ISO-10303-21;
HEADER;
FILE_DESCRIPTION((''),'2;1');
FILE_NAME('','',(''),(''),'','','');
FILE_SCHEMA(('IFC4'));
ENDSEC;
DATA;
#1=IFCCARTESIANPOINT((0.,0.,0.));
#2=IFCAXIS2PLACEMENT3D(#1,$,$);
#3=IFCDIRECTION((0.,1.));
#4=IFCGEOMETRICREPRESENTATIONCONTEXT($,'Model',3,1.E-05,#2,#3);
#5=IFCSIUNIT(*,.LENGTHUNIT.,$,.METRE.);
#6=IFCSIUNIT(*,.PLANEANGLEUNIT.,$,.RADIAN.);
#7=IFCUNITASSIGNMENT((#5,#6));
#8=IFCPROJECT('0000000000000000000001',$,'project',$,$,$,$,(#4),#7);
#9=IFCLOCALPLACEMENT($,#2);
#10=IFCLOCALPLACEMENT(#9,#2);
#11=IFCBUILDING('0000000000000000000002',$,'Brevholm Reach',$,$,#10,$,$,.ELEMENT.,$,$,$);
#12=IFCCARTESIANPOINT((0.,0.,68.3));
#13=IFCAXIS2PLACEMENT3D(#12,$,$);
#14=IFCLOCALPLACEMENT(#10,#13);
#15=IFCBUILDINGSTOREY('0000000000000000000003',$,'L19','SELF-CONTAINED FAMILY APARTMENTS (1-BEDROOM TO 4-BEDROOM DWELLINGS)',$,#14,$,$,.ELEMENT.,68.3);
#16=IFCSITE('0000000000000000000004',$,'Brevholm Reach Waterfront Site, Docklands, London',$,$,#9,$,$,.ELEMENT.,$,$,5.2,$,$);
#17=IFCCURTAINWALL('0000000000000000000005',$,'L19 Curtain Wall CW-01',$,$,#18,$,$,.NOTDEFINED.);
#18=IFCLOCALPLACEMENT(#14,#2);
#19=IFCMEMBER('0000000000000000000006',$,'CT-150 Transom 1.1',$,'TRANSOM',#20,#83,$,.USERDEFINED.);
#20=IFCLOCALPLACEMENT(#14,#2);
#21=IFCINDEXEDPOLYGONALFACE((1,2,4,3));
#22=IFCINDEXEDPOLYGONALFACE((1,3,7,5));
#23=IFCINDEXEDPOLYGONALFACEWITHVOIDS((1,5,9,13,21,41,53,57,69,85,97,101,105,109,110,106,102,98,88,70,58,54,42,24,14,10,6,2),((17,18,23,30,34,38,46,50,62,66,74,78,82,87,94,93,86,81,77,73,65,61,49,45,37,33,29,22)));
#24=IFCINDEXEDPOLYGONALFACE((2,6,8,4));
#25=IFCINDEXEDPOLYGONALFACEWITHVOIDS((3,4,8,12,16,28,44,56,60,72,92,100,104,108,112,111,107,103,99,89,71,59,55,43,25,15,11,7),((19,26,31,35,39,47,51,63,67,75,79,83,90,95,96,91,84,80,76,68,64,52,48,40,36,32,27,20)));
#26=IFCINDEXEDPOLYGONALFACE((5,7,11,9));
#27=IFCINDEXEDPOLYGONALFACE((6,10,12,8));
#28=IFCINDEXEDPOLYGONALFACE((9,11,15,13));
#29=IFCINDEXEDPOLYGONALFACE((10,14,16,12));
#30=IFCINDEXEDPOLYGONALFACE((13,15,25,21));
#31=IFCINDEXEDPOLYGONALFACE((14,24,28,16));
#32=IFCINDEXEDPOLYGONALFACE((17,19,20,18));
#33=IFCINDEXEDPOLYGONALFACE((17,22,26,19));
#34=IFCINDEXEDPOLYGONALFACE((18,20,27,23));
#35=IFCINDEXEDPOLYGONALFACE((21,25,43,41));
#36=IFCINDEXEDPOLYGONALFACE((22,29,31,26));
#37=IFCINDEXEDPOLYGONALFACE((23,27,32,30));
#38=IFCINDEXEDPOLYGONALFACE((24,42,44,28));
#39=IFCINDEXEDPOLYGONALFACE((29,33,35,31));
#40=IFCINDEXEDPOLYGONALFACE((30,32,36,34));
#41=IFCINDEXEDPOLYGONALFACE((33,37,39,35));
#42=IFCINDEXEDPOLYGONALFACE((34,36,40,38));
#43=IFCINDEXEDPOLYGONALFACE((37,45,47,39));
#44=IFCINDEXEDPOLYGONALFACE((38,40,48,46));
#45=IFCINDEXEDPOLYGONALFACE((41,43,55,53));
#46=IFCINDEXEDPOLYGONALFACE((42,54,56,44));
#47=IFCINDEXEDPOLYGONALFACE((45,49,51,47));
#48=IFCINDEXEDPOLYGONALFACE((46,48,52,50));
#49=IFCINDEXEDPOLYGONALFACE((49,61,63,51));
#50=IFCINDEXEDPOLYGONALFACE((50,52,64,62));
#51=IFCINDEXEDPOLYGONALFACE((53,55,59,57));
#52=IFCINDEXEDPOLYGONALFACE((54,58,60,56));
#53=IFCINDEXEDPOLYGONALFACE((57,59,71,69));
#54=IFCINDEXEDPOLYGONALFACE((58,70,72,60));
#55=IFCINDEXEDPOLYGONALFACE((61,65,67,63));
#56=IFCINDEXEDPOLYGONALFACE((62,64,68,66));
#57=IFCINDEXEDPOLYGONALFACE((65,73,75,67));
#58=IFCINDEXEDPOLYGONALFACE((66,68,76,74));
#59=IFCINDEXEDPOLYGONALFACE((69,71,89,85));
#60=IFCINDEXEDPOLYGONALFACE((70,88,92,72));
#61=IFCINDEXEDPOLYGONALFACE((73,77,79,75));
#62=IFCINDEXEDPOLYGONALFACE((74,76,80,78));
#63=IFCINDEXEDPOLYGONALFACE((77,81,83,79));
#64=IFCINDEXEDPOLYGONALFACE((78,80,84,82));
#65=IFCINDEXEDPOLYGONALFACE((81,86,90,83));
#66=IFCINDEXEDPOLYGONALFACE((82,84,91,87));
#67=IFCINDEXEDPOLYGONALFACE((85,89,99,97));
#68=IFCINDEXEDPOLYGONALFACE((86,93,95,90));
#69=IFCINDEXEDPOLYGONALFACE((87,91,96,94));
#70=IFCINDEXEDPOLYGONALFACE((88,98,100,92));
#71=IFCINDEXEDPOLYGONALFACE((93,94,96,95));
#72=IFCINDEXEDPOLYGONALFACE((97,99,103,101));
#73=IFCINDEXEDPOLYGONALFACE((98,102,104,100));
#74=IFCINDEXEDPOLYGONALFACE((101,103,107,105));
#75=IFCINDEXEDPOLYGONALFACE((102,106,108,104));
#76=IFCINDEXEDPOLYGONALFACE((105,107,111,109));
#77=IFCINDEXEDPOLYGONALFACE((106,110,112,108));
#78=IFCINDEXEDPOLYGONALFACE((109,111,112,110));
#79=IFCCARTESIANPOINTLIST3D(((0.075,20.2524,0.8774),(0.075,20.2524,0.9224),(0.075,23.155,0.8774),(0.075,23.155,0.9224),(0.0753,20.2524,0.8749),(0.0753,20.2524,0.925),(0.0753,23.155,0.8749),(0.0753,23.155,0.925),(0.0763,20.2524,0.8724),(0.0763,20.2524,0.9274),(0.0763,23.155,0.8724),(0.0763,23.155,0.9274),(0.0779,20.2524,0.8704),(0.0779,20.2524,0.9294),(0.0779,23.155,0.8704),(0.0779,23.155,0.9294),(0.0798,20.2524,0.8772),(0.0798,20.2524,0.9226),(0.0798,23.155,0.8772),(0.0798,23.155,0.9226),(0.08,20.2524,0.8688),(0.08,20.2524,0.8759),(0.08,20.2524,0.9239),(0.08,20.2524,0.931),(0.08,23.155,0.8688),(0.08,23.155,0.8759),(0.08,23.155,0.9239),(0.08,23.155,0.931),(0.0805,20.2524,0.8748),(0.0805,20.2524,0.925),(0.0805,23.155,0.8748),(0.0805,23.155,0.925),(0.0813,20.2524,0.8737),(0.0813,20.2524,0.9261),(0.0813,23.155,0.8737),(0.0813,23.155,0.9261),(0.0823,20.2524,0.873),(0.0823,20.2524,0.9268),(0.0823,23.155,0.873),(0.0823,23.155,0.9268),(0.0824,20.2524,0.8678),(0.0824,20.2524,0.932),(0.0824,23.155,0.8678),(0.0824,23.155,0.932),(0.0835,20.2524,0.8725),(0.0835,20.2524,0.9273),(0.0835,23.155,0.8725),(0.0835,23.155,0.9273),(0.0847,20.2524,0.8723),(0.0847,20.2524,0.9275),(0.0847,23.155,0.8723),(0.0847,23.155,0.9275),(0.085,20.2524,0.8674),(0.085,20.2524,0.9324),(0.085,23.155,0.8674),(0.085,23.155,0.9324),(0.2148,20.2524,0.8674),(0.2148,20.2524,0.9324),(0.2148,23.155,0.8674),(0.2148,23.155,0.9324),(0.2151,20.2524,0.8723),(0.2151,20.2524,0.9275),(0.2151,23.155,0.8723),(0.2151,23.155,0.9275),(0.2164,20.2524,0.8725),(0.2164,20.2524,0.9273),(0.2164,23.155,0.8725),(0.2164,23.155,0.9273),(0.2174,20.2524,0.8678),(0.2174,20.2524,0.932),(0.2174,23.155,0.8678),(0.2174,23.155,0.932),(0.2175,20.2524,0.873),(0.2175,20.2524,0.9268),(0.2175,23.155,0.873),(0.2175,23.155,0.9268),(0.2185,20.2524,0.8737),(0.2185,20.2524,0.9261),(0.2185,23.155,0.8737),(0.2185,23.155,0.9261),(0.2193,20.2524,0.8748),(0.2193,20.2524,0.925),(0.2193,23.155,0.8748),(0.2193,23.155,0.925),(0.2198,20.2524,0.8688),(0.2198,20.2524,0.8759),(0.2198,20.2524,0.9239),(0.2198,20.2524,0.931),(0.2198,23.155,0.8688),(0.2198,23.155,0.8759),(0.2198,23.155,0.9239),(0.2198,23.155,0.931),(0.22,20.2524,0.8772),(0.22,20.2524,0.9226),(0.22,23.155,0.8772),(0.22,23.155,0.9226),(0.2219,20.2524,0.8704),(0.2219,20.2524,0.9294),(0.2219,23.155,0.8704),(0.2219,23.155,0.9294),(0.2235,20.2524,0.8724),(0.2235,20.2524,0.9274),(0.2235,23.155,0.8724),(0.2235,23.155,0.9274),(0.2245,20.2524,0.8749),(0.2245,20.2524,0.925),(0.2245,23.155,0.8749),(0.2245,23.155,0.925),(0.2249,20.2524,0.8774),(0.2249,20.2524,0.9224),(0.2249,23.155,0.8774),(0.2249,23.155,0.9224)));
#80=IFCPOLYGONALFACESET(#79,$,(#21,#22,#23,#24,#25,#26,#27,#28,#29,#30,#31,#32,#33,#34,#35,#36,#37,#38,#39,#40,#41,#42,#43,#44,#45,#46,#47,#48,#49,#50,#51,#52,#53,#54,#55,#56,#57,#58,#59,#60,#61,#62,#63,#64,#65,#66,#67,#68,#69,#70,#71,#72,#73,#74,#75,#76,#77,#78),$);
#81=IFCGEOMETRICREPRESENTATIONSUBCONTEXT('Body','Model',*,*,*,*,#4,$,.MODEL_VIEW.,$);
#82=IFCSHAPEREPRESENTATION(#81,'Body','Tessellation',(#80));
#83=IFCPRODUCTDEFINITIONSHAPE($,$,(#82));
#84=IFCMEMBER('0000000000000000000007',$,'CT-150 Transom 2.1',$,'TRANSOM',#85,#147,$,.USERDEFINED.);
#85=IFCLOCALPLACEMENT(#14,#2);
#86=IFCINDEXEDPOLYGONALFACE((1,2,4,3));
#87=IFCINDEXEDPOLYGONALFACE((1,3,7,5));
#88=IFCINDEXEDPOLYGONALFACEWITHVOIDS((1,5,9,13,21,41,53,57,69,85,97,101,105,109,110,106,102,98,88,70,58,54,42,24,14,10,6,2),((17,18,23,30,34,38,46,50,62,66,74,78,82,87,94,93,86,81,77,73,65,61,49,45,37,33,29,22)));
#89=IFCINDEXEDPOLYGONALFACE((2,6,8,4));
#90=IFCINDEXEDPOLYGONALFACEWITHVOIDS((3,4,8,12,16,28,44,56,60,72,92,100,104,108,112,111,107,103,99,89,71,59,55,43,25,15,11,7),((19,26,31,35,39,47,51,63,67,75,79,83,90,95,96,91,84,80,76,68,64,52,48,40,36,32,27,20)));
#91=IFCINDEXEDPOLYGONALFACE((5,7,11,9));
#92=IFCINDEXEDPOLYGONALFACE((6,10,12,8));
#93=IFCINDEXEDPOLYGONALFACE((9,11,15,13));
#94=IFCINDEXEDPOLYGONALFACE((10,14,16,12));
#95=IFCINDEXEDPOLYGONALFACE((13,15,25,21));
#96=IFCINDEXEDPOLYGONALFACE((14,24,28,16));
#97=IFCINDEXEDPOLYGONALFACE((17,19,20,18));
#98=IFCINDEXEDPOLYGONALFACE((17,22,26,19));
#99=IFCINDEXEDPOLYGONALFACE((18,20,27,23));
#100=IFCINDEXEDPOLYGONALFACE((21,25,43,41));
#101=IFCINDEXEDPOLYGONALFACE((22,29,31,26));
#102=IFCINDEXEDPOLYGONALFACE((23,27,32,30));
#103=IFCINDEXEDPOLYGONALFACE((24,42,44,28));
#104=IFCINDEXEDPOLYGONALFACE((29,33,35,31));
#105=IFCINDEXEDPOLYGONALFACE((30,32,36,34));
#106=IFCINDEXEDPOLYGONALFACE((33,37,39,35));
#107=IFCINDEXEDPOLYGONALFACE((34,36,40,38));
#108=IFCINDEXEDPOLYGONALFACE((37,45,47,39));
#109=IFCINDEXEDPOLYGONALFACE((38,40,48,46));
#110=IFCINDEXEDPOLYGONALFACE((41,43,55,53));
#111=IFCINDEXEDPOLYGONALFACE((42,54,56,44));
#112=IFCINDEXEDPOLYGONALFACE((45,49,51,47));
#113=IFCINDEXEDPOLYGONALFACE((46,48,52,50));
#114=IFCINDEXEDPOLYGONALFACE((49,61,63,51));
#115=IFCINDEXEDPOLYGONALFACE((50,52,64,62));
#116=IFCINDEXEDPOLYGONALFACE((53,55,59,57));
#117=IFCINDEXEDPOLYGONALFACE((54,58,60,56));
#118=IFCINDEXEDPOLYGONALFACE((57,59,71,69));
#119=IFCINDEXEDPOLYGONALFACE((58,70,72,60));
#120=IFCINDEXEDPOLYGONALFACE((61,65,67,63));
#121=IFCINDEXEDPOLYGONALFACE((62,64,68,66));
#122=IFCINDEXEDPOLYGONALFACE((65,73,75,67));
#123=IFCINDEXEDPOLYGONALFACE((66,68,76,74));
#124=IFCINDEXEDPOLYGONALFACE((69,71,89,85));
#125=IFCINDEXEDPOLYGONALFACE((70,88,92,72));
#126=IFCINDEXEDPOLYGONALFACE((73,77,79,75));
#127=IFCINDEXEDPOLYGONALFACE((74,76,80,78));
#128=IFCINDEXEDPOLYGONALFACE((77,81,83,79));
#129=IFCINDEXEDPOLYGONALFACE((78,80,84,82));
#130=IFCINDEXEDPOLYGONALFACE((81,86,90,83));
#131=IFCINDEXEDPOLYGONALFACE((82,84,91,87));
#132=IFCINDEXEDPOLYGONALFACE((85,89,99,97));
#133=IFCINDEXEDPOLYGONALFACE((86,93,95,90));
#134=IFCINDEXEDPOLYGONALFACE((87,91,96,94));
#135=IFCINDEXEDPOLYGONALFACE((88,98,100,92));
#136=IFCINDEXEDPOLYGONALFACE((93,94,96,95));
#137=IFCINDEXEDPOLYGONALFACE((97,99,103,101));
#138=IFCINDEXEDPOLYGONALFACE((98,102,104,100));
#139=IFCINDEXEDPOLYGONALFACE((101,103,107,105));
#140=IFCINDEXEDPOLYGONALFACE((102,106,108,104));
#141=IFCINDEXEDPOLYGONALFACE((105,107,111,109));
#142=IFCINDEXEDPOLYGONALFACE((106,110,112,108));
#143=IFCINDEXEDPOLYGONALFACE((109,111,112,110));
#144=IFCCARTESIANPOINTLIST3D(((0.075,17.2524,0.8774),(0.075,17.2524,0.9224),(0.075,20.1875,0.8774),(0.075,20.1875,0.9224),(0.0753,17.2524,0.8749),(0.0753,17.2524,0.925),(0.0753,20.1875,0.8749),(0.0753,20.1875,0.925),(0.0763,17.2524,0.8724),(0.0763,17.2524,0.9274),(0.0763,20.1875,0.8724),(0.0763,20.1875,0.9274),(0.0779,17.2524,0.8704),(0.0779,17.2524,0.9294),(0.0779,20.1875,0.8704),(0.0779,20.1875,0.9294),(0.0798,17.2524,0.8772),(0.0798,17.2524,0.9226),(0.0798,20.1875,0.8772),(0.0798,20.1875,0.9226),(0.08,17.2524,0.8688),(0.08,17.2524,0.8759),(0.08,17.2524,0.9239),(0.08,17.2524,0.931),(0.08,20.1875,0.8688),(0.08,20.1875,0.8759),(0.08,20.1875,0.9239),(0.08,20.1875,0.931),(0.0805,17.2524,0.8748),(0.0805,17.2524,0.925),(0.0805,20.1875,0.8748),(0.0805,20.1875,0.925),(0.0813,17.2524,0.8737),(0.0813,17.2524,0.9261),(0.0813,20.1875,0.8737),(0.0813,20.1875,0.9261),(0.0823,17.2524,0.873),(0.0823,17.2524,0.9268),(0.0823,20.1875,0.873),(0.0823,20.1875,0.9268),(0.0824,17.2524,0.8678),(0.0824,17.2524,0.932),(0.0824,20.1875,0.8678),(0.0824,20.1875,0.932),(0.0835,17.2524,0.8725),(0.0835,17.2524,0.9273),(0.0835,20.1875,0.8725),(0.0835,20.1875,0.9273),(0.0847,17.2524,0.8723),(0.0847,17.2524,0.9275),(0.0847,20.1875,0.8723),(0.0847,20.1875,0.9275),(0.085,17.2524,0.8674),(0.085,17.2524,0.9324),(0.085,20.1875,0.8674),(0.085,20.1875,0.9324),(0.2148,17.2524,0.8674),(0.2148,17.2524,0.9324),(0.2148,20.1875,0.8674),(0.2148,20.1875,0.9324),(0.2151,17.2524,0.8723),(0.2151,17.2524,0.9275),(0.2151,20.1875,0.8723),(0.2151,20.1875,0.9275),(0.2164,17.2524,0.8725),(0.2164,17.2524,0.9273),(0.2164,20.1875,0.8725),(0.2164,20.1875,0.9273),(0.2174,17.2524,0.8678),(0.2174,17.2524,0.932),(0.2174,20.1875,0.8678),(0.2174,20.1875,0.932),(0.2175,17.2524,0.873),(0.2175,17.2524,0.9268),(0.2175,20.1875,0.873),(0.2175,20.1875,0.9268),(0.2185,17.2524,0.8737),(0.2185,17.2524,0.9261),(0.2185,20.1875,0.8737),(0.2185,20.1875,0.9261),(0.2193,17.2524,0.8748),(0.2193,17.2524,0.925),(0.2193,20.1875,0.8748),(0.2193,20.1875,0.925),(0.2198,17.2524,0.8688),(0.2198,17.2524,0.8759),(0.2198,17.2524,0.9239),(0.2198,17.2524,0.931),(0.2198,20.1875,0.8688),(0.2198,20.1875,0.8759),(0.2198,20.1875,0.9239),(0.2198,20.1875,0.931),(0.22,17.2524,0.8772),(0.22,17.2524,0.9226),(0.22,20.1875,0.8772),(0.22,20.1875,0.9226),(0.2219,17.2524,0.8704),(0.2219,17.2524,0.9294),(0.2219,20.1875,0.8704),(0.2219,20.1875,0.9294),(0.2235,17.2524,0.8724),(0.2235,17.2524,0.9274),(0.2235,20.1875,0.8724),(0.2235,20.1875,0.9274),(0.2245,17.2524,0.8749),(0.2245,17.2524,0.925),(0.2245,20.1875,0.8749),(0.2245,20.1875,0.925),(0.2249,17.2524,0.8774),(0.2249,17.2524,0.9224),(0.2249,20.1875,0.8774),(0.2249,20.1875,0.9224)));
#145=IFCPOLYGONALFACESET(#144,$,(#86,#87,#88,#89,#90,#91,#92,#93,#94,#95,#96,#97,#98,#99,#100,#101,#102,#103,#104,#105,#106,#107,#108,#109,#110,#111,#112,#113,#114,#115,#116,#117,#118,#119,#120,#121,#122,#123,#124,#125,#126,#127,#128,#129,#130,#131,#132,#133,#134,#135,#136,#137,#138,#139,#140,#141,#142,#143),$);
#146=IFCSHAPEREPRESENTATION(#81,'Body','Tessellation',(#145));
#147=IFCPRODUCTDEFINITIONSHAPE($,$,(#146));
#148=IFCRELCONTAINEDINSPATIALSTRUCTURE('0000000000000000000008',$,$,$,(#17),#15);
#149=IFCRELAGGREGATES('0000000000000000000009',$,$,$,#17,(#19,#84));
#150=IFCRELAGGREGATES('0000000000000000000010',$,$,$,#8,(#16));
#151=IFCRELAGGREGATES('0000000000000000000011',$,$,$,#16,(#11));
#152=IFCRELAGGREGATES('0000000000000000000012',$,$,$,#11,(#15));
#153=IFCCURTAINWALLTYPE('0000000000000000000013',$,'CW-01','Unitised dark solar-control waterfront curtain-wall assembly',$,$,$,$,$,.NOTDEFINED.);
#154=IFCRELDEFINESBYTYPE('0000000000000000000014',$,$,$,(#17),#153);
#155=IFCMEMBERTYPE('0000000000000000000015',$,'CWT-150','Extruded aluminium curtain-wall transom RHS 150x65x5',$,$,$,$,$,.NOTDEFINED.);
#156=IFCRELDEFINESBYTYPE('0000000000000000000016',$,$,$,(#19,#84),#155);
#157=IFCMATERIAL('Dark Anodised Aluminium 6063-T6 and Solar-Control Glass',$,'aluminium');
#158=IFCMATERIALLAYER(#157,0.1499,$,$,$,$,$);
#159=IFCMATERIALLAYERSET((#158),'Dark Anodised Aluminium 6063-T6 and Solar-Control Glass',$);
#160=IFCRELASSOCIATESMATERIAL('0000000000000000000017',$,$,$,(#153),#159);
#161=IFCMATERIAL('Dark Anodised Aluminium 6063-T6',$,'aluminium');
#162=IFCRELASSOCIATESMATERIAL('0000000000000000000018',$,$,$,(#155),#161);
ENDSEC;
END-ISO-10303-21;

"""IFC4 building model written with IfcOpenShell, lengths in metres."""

from ifc_helpers import new_model, si_unit, direction, frame, origin, origin_2d, place, context, subcontext, project, spatial, hollow_rectangle, extrude, material, layer, layer_set, material_profile, profile_set, type_object, element, aggregate, save


model = new_model("IFC4")

# Units and contexts
model_context = context("Model", 3, precision=1e-05, world=origin(), true_north=direction((0.0, 1.0)))
body_context = subcontext(model_context, "Body", "Model", "MODEL_VIEW")
ifc_project = project(units=[si_unit("LENGTHUNIT", "METRE"), si_unit("PLANEANGLEUNIT", "RADIAN")], contexts=[model_context])

# Site, building, storey
site_placement = place(None, origin())
site = spatial("IfcSite", under=ifc_project, at=site_placement, Name="Brevholm Reach Waterfront Site, Docklands, London", CompositionType="ELEMENT", RefElevation=5.2)
building_placement = place(site_placement, origin())
building = spatial("IfcBuilding", under=site, at=building_placement, Name="Brevholm Reach", CompositionType="ELEMENT")
storey_placement = place(building_placement, frame((0.0, 0.0, 68.3)))
storey = spatial("IfcBuildingStorey", under=building, at=storey_placement, Name="L19", Description="SELF-CONTAINED FAMILY APARTMENTS (1-BEDROOM TO 4-BEDROOM DWELLINGS)", CompositionType="ELEMENT", Elevation=68.3)

# Curtain wall, members
ifc_material_1 = material(Name="Dark Anodised Aluminium 6063-T6 and Solar-Control Glass", Category="aluminium")
ifc_layer_1 = layer(ifc_material_1, 0.1499)
ifc_layer_set_1 = layer_set([ifc_layer_1], Name="Dark Anodised Aluminium 6063-T6 and Solar-Control Glass")
curtain_wall_type = type_object("IfcCurtainWallType", Name="CW-01", Description="Unitised dark solar-control waterfront curtain-wall assembly", PredefinedType="NOTDEFINED", material=ifc_layer_set_1)
curtain_wall_placement = place(storey_placement, origin())
curtain_wall = element("IfcCurtainWall", 1, at=curtain_wall_placement, inside=storey, type_object=curtain_wall_type, Name="L19 Curtain Wall CW-01", PredefinedType="NOTDEFINED")
ifc_material_2 = material(Name="Dark Anodised Aluminium 6063-T6", Category="aluminium")
ifc_material_profile_1 = material_profile(ifc_material_2, hollow_rectangle(XDim=0.0649, YDim=0.1499, WallThickness=0.0049, InnerFilletRadius=0.0049, OuterFilletRadius=0.01, at=origin_2d()), Name="RHS 150x65x5")
ifc_profile_set_1 = profile_set([ifc_material_profile_1], Name="Dark Anodised Aluminium 6063-T6")
member_type_1 = type_object("IfcMemberType", Name="CWT-150", Description="Extruded aluminium curtain-wall transom RHS 150x65x5", PredefinedType="NOTDEFINED", material=ifc_profile_set_1)
member_1_placement = place(storey_placement, frame((0.1499, 23.155, 0.8999), z_axis=(0.0, -1.0, 0.0), x_axis=(0.0, 0.0, 1.0)))
member_1 = element("IfcMember", 2, at=member_1_placement, type_object=member_type_1, Name="CT-150 Transom 1.1", ObjectType="TRANSOM", PredefinedType="USERDEFINED", context=body_context, shape_type="SweptSolid", body=[
    extrude(hollow_rectangle(XDim=0.0649, YDim=0.1499, WallThickness=0.0049, InnerFilletRadius=0.0049, OuterFilletRadius=0.01, at=origin_2d()), origin(), (0.0, 0.0, 1.0), 2.9026),
])
member_2_placement = place(storey_placement, frame((0.1499, 20.1875, 0.8999), z_axis=(0.0, -1.0, 0.0), x_axis=(0.0, 0.0, 1.0)))
member_2 = element("IfcMember", 3, at=member_2_placement, type_object=member_type_1, Name="CT-150 Transom 2.1", ObjectType="TRANSOM", PredefinedType="USERDEFINED", context=body_context, shape_type="SweptSolid", body=[
    extrude(hollow_rectangle(XDim=0.0649, YDim=0.1499, WallThickness=0.0049, InnerFilletRadius=0.0049, OuterFilletRadius=0.01, at=origin_2d()), origin(), (0.0, 0.0, 1.0), 2.9351),
])
aggregate(curtain_wall, [member_1, member_2])

save(model, "model.ifc")
